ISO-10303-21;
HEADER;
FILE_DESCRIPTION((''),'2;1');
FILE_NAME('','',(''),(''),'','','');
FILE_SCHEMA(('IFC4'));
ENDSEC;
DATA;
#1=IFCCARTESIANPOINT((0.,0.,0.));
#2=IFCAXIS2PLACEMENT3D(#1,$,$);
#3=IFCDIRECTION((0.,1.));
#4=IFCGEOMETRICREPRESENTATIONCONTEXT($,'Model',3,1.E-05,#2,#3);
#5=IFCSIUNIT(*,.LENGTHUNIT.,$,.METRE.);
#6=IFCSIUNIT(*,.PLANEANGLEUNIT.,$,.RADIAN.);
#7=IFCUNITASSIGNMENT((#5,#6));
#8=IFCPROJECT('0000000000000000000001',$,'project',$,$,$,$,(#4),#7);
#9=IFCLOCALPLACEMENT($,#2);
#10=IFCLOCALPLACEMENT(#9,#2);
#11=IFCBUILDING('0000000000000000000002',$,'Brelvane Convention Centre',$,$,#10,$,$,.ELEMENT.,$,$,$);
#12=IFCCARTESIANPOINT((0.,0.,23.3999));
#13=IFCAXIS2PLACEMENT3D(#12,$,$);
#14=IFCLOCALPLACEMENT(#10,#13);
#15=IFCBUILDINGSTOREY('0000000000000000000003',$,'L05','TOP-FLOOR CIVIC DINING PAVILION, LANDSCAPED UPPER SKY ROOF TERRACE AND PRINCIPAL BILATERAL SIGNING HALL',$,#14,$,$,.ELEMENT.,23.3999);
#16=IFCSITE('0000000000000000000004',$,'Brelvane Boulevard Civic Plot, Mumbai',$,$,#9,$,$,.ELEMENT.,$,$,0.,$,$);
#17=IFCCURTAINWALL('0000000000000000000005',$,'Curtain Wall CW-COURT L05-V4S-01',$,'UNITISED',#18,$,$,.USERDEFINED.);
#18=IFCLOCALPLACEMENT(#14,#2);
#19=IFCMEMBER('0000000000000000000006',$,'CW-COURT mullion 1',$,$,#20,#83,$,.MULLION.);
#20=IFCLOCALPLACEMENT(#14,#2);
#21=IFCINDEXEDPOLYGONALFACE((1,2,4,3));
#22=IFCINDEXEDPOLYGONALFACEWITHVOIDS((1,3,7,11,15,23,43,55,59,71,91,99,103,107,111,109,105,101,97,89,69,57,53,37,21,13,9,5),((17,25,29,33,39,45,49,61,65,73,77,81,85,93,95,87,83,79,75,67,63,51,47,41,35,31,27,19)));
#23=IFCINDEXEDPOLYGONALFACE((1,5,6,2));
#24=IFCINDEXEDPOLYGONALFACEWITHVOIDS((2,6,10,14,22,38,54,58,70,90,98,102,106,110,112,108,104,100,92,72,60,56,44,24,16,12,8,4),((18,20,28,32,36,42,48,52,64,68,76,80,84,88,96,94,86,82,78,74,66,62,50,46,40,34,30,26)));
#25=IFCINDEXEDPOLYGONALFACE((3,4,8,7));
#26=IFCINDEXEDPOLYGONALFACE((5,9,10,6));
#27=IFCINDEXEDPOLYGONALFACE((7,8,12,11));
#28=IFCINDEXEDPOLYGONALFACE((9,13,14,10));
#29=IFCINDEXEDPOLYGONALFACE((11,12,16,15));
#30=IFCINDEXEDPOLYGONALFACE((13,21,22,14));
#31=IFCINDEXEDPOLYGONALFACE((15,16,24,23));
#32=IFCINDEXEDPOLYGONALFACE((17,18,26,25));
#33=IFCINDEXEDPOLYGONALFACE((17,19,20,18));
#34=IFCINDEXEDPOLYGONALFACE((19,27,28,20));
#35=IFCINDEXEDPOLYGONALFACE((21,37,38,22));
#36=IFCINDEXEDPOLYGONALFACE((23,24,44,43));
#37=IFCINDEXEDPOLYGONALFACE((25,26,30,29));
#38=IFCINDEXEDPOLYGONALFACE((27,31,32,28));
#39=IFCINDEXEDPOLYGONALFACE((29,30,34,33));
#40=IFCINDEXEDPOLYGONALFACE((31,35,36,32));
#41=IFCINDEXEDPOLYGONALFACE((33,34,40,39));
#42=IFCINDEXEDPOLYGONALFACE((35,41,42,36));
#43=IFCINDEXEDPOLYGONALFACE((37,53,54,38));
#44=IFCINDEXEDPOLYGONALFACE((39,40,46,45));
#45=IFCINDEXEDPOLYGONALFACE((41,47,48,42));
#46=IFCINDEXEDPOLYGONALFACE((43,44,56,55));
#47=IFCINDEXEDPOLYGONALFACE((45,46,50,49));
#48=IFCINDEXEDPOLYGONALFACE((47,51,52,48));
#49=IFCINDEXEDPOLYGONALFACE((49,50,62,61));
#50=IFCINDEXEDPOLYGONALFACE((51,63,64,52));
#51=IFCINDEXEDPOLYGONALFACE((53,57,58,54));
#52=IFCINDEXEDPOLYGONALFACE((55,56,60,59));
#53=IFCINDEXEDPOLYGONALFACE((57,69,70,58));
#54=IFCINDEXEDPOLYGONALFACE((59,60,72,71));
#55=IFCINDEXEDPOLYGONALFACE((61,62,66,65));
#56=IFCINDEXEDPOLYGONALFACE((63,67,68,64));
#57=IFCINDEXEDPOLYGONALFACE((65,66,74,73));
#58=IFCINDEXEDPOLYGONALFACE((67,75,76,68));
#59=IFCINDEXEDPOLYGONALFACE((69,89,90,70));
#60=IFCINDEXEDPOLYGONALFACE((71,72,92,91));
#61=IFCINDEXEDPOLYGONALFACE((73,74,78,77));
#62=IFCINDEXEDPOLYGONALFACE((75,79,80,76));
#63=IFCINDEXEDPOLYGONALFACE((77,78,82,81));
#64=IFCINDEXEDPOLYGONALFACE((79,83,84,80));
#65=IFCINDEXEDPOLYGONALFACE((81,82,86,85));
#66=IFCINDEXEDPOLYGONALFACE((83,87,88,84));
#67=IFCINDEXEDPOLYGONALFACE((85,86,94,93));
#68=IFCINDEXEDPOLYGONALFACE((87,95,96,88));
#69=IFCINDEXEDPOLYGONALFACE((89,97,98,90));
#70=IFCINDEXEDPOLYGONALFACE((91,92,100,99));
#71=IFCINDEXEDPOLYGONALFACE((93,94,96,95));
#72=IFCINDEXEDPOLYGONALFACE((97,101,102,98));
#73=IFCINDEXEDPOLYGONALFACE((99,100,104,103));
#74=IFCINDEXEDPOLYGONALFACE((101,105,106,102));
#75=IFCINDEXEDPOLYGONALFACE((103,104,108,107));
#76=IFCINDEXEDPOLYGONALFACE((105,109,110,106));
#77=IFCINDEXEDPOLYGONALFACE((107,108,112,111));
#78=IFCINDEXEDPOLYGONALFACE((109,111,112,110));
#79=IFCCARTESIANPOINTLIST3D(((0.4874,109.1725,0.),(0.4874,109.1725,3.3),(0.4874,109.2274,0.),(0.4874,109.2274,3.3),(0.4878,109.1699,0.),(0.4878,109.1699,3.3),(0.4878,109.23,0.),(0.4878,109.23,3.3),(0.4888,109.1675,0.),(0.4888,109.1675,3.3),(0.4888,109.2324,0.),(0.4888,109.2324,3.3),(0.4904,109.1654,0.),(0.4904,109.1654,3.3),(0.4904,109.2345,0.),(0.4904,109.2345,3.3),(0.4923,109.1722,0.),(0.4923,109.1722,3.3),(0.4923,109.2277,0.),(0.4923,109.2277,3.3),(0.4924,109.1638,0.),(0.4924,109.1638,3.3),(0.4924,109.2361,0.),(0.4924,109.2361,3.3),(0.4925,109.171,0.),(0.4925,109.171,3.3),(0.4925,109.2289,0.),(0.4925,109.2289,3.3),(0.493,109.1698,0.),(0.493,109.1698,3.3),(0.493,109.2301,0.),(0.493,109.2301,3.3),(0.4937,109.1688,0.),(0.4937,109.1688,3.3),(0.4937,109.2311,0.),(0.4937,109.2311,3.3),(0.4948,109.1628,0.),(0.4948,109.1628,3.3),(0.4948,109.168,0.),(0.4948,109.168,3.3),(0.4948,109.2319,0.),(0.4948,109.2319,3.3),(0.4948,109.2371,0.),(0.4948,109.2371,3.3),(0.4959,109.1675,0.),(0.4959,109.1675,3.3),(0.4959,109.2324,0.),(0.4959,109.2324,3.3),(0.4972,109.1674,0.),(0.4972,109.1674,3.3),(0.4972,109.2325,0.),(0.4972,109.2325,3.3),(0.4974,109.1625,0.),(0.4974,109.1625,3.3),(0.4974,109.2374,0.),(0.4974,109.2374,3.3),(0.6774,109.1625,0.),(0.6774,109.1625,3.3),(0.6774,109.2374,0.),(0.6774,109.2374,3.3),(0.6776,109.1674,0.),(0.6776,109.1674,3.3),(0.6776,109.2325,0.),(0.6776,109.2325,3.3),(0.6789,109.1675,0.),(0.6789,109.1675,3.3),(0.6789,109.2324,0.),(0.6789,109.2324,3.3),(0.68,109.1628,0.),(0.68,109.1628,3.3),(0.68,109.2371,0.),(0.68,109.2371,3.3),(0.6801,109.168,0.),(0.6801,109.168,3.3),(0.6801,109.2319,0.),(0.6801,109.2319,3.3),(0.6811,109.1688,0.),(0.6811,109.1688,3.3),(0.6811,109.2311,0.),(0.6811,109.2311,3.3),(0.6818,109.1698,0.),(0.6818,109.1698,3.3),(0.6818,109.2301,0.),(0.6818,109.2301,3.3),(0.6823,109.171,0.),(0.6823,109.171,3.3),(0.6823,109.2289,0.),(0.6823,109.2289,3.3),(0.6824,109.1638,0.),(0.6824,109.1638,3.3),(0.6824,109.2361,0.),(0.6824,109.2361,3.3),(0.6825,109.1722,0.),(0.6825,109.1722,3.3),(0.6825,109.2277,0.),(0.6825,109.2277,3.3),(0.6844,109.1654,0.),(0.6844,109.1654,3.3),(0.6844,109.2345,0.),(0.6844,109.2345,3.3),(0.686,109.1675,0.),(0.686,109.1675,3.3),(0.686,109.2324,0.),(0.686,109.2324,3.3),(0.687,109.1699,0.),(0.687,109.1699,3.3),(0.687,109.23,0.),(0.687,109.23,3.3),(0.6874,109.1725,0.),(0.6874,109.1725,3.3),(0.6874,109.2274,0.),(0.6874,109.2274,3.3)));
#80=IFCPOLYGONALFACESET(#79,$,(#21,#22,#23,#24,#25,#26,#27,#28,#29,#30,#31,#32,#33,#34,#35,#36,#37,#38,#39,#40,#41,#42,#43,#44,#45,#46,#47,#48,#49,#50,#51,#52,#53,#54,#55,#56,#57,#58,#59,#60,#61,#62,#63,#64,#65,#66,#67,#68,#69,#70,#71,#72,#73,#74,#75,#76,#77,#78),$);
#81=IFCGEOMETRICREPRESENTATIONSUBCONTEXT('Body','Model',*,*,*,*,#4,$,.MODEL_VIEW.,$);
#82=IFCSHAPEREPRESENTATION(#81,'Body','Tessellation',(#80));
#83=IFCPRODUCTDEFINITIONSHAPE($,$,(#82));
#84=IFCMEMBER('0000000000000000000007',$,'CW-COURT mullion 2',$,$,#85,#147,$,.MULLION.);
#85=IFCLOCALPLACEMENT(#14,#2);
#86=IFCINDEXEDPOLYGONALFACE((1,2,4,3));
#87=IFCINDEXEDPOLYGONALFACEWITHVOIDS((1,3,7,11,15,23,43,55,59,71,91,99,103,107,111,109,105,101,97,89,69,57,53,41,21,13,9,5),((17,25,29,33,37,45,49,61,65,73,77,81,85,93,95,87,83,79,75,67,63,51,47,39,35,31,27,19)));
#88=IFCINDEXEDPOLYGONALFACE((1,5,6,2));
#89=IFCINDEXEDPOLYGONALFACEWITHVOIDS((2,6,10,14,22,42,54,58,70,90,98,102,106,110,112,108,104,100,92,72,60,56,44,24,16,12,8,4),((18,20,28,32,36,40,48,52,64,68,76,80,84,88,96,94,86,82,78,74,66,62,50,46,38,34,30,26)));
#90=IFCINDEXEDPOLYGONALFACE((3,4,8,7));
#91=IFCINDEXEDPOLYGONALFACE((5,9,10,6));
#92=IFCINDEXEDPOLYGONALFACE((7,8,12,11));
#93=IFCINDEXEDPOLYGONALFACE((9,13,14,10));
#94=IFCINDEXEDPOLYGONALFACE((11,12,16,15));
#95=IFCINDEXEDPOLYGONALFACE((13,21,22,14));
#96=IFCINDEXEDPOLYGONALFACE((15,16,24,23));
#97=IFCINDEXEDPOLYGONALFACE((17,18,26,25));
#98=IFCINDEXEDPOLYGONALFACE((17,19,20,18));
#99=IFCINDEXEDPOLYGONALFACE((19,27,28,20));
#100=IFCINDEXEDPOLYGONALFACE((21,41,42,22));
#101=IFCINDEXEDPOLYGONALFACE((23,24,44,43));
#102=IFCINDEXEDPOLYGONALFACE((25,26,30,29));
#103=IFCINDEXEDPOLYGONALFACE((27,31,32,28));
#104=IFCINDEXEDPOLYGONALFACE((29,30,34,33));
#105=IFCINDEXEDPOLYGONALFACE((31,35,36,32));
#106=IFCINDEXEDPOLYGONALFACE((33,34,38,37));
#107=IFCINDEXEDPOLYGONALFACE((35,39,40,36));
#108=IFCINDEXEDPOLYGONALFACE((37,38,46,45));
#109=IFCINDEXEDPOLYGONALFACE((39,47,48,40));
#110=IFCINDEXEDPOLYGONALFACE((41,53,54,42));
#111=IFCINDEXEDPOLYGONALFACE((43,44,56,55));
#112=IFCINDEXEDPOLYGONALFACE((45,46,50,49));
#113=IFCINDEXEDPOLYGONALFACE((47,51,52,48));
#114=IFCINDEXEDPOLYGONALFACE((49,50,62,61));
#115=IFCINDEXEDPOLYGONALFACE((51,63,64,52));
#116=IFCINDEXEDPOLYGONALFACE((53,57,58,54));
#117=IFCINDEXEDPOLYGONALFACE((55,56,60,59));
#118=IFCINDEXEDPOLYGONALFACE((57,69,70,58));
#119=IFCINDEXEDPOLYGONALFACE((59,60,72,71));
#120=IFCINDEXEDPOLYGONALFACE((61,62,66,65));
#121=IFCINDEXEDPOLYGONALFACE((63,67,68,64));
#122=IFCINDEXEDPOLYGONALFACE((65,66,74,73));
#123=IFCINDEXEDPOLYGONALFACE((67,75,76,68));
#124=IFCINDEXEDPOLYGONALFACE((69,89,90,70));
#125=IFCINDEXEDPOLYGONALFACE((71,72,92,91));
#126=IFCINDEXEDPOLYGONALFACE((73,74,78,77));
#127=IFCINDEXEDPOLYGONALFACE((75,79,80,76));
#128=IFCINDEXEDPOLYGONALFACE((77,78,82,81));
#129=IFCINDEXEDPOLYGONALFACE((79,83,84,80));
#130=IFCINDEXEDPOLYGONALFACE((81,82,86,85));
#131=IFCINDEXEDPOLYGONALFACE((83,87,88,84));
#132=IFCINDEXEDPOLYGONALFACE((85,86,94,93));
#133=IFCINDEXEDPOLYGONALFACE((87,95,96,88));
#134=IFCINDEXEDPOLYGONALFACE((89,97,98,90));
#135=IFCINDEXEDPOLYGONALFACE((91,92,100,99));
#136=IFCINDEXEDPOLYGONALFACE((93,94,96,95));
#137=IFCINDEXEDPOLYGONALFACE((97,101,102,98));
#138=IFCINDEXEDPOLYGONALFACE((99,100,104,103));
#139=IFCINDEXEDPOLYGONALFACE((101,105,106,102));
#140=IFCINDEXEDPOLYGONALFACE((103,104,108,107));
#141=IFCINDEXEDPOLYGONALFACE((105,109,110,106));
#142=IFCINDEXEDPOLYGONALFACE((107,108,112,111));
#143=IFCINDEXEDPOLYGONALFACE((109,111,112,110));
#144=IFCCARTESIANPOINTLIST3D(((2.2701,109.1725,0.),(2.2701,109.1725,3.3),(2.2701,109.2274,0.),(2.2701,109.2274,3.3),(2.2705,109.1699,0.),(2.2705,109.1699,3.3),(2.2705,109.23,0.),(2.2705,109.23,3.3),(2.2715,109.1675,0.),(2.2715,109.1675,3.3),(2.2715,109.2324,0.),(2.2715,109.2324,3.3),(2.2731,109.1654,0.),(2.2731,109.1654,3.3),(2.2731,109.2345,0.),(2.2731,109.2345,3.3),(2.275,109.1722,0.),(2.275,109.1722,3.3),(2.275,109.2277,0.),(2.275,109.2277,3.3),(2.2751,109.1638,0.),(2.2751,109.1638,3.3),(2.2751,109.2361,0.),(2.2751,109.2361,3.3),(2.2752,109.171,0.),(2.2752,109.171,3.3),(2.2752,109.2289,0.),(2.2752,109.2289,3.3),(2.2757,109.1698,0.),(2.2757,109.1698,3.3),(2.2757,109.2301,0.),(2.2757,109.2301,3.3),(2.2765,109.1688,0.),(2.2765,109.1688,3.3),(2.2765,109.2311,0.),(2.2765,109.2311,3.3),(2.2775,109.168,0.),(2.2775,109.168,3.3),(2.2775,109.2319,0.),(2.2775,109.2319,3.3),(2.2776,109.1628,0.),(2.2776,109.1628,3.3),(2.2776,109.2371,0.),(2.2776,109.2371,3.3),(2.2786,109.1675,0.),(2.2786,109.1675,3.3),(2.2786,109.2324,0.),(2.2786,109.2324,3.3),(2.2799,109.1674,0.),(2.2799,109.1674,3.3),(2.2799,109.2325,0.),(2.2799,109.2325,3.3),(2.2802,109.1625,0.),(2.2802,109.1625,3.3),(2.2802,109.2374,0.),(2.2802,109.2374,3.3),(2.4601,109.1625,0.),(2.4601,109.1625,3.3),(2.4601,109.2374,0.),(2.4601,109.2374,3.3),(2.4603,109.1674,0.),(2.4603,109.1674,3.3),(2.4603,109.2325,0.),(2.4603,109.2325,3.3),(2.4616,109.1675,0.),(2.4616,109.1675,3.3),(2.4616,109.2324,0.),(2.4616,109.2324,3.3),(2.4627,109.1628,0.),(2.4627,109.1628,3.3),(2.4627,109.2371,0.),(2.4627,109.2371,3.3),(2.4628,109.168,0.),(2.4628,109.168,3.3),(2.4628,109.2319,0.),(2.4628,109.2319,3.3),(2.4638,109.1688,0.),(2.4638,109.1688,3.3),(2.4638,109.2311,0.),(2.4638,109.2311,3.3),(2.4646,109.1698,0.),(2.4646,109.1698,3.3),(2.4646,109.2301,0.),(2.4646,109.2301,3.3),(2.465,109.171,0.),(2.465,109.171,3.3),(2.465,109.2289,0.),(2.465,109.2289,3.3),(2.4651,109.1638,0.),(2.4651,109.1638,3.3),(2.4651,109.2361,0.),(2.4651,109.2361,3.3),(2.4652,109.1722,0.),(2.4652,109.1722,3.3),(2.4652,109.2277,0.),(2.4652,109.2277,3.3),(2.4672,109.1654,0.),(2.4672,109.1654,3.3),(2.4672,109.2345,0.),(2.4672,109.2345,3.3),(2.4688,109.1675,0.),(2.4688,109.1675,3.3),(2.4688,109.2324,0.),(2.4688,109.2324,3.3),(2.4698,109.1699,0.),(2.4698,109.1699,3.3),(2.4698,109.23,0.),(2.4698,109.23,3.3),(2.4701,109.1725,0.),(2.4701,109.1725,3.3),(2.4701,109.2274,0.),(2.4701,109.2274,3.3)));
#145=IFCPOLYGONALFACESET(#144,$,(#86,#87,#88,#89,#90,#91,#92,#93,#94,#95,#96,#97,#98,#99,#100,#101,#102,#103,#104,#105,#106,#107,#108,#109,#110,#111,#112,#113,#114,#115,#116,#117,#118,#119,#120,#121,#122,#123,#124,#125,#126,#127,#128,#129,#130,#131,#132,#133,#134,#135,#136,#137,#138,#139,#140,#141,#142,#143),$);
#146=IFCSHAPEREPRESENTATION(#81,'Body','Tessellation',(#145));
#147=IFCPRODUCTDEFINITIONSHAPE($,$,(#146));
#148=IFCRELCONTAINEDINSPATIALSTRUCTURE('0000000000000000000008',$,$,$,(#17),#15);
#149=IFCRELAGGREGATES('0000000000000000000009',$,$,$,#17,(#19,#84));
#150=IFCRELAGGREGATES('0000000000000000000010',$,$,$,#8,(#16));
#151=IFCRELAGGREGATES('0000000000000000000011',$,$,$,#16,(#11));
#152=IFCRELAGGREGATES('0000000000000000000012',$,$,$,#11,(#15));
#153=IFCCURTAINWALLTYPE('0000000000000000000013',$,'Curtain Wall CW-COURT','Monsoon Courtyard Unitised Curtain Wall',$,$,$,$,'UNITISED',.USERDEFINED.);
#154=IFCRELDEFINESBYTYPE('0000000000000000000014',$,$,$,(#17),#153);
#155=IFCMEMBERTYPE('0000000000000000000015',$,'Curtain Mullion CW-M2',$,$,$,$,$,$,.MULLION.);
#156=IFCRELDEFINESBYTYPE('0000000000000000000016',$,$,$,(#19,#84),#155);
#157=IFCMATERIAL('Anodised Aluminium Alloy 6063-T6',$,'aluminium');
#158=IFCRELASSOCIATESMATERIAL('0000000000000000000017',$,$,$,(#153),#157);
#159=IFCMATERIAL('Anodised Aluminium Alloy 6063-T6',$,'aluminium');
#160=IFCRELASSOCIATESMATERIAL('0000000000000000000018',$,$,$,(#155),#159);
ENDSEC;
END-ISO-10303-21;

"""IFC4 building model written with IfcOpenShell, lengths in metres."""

from ifc_helpers import new_model, si_unit, direction, frame, origin, origin_2d, place, context, subcontext, project, spatial, hollow_rectangle, extrude, material, material_profile, profile_set, type_object, element, aggregate, save


model = new_model("IFC4")

# Units and contexts
model_context = context("Model", 3, precision=1e-05, world=origin(), true_north=direction((0.0, 1.0)))
body_context = subcontext(model_context, "Body", "Model", "MODEL_VIEW")
ifc_project = project(units=[si_unit("LENGTHUNIT", "METRE"), si_unit("PLANEANGLEUNIT", "RADIAN")], contexts=[model_context])

# Site, building, storey
site_placement = place(None, origin())
site = spatial("IfcSite", under=ifc_project, at=site_placement, Name="Brelvane Boulevard Civic Plot, Mumbai", CompositionType="ELEMENT", RefElevation=0.0)
building_placement = place(site_placement, origin())
building = spatial("IfcBuilding", under=site, at=building_placement, Name="Brelvane Convention Centre", CompositionType="ELEMENT")
storey_placement = place(building_placement, frame((0.0, 0.0, 23.3999)))
storey = spatial("IfcBuildingStorey", under=building, at=storey_placement, Name="L05", Description="TOP-FLOOR CIVIC DINING PAVILION, LANDSCAPED UPPER SKY ROOF TERRACE AND PRINCIPAL BILATERAL SIGNING HALL", CompositionType="ELEMENT", Elevation=23.3999)

# Curtain wall, members
ifc_material_1 = material(Name="Anodised Aluminium Alloy 6063-T6", Category="aluminium")
curtain_wall_type = type_object("IfcCurtainWallType", Name="Curtain Wall CW-COURT", Description="Monsoon Courtyard Unitised Curtain Wall", ElementType="UNITISED", PredefinedType="USERDEFINED", material=ifc_material_1)
curtain_wall_1_placement = place(storey_placement, origin())
curtain_wall_1 = element("IfcCurtainWall", 1, at=curtain_wall_1_placement, inside=storey, type_object=curtain_wall_type, Name="Curtain Wall CW-COURT L05-V4S-01", ObjectType="UNITISED", PredefinedType="USERDEFINED")
ifc_material_2 = material(Name="Anodised Aluminium Alloy 6063-T6", Category="aluminium")
ifc_material_profile_1 = material_profile(ifc_material_2, hollow_rectangle(XDim=0.075, YDim=0.2, WallThickness=0.0049, InnerFilletRadius=0.0049, OuterFilletRadius=0.01, at=origin_2d()), Name="ALU-M 200x75x5.0")
ifc_profile_set_1 = profile_set([ifc_material_profile_1], Name="Anodised Aluminium Alloy 6063-T6")
member_type_1 = type_object("IfcMemberType", Name="Curtain Mullion CW-M2", PredefinedType="MULLION", material=ifc_profile_set_1)
member_1_placement = place(storey_placement, frame((0.5874, 109.2, 0.0), z_axis=(0.0, 0.0, 1.0), x_axis=(0.0, 1.0, 0.0)))
member_1 = element("IfcMember", 2, at=member_1_placement, type_object=member_type_1, Name="CW-COURT mullion 1", PredefinedType="MULLION", context=body_context, shape_type="SweptSolid", body=[
    extrude(hollow_rectangle(XDim=0.075, YDim=0.2, WallThickness=0.0049, InnerFilletRadius=0.0049, OuterFilletRadius=0.01, at=origin_2d()), origin(), (0.0, 0.0, 1.0), 3.3),
])
member_2_placement = place(storey_placement, frame((2.3701, 109.2, 0.0), z_axis=(0.0, 0.0, 1.0), x_axis=(0.0, 1.0, 0.0)))
member_2 = element("IfcMember", 3, at=member_2_placement, type_object=member_type_1, Name="CW-COURT mullion 2", PredefinedType="MULLION", context=body_context, shape_type="SweptSolid", body=[
    extrude(hollow_rectangle(XDim=0.075, YDim=0.2, WallThickness=0.0049, InnerFilletRadius=0.0049, OuterFilletRadius=0.01, at=origin_2d()), origin(), (0.0, 0.0, 1.0), 3.3),
])

aggregate(curtain_wall_1, [member_1, member_2])

save(model, "model.ifc")
